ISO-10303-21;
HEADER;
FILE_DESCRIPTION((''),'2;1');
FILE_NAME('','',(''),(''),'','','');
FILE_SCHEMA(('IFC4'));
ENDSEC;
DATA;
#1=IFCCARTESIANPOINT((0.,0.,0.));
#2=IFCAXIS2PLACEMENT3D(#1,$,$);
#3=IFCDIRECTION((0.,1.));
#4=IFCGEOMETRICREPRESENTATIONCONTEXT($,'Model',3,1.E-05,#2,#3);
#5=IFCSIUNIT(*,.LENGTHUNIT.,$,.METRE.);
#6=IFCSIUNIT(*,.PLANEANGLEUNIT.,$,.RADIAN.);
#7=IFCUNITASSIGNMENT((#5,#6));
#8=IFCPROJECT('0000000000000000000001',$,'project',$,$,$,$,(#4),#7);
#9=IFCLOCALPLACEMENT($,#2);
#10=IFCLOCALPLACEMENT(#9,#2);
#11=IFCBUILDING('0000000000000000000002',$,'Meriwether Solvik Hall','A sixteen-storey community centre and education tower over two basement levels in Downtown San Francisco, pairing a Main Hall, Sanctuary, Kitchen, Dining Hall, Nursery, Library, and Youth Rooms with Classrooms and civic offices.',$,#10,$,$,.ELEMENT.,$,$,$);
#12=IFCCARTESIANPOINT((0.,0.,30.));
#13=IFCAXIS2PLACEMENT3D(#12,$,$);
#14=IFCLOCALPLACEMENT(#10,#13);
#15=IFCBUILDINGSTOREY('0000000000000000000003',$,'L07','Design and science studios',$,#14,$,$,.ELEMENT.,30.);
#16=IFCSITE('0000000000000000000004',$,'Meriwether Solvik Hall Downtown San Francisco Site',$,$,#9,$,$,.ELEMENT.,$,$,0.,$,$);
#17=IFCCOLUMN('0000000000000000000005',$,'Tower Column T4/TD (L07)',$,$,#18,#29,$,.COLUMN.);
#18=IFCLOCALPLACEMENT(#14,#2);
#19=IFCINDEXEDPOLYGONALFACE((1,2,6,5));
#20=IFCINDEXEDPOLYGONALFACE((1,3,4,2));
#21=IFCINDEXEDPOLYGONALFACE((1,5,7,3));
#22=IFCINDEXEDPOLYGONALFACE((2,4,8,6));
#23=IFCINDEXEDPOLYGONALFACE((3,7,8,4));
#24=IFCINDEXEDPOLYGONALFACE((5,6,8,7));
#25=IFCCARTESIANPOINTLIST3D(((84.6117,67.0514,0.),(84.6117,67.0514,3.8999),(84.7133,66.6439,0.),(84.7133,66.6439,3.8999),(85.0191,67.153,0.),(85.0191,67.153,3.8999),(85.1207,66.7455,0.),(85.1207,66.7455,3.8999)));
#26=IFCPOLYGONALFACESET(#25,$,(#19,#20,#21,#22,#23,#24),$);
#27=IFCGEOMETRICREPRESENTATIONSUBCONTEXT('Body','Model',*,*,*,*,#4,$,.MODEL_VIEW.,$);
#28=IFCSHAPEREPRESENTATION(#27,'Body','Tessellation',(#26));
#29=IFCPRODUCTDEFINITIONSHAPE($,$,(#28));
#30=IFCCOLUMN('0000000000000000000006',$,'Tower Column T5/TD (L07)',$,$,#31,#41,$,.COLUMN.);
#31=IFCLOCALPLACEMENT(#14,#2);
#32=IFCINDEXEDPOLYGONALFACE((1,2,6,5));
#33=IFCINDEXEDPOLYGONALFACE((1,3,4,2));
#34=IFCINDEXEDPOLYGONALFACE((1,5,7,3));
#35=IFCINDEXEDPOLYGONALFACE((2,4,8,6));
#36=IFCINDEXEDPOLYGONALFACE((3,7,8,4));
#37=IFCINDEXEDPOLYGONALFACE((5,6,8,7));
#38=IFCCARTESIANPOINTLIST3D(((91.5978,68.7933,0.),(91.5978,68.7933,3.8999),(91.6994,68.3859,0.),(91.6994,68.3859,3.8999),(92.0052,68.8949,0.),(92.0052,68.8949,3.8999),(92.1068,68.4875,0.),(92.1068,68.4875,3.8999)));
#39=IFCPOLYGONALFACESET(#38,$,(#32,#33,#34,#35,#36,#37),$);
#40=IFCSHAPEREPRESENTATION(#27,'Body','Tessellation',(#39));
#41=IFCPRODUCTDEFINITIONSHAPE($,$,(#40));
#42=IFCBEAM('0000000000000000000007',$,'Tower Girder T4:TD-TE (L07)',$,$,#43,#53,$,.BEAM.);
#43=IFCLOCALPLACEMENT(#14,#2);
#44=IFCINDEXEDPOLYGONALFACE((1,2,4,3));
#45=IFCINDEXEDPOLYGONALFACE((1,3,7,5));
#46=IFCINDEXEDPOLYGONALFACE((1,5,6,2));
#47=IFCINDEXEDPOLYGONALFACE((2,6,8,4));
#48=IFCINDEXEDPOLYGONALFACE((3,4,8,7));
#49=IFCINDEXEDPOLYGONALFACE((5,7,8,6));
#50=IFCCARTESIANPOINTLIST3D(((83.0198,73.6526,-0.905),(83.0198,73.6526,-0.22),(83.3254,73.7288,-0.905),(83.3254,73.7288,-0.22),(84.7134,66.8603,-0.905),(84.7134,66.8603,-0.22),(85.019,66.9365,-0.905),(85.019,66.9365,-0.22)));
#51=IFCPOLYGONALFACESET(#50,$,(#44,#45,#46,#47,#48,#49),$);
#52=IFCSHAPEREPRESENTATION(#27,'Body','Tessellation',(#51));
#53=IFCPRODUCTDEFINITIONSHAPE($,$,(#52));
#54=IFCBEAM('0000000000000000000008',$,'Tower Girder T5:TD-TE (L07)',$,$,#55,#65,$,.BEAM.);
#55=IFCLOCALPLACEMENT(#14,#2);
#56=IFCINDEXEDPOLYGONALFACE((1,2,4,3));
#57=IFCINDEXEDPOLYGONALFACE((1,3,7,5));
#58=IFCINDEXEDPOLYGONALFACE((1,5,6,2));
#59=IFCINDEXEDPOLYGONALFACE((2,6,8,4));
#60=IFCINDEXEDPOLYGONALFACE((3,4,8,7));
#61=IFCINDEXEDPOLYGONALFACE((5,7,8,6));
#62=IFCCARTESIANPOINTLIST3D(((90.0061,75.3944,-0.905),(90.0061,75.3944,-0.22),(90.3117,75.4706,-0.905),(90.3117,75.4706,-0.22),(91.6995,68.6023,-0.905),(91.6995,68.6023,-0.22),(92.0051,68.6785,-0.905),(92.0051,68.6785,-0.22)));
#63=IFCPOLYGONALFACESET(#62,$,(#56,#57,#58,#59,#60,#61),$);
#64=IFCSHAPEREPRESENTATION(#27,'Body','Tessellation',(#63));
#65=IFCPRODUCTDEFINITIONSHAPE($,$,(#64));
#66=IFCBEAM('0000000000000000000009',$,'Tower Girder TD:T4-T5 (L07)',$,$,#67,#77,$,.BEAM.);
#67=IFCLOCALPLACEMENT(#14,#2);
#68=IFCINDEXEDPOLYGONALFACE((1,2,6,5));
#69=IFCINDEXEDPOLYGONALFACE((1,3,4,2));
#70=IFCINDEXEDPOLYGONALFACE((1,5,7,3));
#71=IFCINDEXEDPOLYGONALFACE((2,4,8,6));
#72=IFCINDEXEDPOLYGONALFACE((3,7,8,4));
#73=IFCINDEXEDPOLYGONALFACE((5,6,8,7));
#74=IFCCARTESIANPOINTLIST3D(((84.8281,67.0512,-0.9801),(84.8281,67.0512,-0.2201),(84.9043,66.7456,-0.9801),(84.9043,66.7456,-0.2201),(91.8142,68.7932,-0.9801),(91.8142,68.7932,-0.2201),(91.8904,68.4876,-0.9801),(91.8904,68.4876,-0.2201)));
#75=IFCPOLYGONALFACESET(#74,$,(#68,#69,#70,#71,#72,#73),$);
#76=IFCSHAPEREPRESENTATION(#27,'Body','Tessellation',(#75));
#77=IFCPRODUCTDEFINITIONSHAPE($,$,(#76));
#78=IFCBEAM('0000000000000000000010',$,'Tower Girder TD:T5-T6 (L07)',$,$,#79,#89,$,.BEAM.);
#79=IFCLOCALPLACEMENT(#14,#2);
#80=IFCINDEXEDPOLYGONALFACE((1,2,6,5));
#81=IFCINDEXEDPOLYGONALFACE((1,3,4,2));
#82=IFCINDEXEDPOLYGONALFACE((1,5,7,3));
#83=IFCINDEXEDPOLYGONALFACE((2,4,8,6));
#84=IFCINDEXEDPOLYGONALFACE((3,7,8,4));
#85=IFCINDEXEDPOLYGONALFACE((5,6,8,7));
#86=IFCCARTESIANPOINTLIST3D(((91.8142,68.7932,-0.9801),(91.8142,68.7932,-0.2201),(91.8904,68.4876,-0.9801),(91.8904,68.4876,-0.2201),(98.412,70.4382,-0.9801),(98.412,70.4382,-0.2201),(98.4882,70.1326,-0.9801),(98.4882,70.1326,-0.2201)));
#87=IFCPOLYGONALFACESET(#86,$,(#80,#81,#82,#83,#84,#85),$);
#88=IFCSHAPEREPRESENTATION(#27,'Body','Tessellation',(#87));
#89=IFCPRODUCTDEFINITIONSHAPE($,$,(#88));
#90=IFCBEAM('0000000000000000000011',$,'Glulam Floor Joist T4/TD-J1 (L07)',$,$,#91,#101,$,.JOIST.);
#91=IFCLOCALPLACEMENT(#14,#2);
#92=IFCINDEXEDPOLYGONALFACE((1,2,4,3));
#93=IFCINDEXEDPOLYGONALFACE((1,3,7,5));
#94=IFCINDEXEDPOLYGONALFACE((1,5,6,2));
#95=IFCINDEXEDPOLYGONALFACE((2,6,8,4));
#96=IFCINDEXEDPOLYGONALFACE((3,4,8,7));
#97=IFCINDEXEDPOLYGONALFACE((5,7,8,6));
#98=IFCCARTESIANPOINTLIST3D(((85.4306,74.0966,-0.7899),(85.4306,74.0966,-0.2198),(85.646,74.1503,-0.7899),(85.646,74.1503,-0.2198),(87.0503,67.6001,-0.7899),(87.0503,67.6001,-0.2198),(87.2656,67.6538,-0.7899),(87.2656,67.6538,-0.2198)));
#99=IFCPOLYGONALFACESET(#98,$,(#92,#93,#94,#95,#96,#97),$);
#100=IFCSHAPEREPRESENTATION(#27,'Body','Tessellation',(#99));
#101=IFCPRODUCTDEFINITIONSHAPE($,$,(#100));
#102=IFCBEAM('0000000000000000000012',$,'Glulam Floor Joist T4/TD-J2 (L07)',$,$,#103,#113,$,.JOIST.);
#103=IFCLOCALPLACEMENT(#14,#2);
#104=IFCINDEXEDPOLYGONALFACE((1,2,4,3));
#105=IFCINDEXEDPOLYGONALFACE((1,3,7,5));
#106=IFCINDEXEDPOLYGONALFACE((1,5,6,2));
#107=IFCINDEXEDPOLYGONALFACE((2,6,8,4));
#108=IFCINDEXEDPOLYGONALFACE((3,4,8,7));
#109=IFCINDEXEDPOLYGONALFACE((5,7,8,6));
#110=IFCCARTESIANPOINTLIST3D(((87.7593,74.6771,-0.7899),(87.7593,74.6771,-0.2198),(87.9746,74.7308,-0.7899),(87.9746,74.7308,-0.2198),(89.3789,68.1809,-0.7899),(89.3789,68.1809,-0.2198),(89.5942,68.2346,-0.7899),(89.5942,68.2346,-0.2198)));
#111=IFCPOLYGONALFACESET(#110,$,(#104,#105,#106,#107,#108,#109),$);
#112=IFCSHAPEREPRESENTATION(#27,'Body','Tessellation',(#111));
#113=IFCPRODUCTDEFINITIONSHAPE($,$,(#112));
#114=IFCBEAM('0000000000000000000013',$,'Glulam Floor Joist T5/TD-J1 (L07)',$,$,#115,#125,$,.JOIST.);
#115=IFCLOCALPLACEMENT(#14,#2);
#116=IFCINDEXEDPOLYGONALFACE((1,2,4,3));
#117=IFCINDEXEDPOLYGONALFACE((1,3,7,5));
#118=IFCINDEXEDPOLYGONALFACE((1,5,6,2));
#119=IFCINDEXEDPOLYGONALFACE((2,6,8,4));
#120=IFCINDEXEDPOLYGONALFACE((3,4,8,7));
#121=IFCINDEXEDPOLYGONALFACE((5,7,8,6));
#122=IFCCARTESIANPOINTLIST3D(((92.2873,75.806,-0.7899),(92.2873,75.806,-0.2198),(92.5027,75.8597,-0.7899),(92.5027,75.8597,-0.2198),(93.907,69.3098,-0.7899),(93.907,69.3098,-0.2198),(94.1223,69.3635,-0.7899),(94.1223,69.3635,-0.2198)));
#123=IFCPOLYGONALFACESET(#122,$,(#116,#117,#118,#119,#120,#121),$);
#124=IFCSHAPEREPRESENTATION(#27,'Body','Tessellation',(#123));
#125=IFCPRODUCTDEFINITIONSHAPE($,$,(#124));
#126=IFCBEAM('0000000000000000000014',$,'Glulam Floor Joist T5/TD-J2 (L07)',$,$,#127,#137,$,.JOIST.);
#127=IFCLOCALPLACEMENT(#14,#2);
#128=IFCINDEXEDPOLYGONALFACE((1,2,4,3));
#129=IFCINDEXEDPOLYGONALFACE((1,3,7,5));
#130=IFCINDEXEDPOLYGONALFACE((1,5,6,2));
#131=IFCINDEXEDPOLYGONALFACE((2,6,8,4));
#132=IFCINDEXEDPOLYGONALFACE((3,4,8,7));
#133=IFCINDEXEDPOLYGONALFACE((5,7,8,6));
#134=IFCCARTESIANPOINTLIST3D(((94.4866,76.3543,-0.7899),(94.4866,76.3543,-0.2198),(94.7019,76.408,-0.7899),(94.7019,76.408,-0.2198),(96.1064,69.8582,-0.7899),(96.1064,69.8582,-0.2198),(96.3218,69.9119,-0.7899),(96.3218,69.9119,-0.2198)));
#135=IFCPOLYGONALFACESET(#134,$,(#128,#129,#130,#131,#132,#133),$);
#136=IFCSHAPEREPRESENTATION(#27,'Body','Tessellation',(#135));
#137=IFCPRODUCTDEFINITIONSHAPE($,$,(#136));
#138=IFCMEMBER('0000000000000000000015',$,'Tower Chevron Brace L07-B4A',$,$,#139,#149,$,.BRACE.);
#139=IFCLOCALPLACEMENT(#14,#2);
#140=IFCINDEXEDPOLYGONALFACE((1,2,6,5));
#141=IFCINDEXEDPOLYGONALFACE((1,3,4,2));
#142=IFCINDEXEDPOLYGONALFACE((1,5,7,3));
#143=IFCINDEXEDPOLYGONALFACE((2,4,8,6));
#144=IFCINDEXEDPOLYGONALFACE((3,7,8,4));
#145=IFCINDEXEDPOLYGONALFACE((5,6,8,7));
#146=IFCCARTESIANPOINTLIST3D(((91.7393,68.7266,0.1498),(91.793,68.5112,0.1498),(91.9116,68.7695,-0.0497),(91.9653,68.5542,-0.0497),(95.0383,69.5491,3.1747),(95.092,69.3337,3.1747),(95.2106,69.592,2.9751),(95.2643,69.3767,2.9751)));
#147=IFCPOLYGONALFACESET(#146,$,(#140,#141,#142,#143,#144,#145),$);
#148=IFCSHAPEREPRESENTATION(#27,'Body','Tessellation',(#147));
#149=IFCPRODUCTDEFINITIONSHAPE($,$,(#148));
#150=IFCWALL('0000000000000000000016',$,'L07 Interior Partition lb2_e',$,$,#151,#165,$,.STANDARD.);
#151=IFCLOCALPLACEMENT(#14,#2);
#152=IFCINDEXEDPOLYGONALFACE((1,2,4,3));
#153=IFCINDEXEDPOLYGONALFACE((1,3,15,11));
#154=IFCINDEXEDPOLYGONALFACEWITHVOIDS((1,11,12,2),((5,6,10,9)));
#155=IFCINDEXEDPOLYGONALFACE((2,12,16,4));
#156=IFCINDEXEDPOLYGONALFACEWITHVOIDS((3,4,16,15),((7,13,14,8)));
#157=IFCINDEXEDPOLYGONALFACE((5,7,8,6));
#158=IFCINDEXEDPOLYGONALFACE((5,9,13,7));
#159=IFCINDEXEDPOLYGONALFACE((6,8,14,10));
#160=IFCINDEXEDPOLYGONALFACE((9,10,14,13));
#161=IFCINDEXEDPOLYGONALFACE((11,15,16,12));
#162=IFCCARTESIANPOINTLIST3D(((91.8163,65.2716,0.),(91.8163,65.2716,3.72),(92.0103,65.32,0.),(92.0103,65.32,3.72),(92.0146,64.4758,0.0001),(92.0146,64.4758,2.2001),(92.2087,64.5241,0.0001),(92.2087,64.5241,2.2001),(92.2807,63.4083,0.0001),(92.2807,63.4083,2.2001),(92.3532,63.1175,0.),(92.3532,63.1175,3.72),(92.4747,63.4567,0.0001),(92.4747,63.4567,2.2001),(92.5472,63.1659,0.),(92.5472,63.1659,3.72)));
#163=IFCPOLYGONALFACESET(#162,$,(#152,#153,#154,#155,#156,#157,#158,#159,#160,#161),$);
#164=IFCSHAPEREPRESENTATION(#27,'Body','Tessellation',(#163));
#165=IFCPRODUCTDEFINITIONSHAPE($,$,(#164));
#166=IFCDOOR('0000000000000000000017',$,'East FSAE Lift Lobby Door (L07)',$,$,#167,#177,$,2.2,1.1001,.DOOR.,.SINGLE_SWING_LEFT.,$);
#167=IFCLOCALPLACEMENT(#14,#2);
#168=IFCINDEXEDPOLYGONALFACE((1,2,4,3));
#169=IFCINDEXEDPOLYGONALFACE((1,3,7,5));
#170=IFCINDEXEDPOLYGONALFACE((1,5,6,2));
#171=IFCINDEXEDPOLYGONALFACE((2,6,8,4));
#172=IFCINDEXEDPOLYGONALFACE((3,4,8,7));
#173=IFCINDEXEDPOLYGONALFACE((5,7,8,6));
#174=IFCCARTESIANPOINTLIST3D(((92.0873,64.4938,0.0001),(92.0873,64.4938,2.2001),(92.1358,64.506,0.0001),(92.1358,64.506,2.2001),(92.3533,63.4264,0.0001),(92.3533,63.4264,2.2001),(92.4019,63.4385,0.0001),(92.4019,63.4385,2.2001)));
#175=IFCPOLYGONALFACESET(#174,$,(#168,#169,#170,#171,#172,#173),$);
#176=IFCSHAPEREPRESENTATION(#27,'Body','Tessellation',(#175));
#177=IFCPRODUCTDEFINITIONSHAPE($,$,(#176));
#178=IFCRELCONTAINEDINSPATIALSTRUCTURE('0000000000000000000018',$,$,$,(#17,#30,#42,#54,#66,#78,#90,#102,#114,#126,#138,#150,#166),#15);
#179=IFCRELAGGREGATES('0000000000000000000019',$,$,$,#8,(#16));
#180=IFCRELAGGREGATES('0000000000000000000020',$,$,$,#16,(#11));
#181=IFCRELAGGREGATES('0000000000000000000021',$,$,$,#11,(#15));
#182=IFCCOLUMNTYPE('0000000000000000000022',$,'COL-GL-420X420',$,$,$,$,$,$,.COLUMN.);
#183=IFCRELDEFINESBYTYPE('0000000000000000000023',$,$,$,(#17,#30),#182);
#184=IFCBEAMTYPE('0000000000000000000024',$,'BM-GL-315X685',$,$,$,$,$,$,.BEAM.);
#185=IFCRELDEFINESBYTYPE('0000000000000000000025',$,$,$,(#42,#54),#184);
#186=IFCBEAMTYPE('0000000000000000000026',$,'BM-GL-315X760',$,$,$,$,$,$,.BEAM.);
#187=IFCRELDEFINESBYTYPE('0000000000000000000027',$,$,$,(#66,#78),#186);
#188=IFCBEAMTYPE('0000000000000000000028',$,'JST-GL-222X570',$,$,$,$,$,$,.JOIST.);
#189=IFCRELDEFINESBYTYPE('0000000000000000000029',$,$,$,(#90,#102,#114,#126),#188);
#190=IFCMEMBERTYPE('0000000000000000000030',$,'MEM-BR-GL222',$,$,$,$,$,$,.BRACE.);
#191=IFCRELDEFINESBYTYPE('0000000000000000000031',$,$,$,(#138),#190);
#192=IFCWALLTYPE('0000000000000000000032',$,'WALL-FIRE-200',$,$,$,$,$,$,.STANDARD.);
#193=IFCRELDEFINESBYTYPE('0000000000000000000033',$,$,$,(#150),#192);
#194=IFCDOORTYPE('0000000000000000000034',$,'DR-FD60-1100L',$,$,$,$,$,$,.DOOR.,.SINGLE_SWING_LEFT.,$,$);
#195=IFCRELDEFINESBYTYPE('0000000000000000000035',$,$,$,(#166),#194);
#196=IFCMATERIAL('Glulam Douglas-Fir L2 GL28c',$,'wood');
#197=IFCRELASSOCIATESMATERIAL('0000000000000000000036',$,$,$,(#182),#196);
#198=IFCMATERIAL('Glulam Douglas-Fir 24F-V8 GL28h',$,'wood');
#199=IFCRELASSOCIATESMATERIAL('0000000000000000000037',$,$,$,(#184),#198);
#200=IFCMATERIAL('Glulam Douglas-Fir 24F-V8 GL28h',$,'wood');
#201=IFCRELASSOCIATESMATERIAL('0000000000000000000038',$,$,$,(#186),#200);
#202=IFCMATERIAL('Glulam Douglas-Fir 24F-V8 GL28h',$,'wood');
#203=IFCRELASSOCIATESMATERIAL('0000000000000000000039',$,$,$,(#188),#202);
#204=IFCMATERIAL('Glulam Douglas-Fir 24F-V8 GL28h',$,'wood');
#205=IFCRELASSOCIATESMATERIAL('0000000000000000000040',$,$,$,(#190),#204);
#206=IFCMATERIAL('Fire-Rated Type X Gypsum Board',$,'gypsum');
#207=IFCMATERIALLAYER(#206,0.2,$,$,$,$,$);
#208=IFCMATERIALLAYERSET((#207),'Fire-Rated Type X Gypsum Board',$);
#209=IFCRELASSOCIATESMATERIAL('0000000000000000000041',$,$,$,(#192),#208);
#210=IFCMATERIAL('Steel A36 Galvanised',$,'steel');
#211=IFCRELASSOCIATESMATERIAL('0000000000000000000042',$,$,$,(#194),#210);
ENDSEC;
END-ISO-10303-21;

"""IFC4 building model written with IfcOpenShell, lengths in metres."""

from ifc_helpers import new_model, si_unit, direction, frame, frame_2d, origin, origin_2d, place, context, subcontext, project, spatial, rectangle, extrude, material, layer, layer_set, material_profile, profile_set, type_object, element, fill, save


model = new_model("IFC4")

# Units and contexts
model_context = context("Model", 3, precision=1e-05, world=origin(), true_north=direction((0.0, 1.0)))
body_context = subcontext(model_context, "Body", "Model", "MODEL_VIEW")
ifc_project = project(units=[si_unit("LENGTHUNIT", "METRE"), si_unit("PLANEANGLEUNIT", "RADIAN")], contexts=[model_context])

# Site, building, storey
site_placement = place(None, origin())
site = spatial("IfcSite", under=ifc_project, at=site_placement, Name="Meriwether Solvik Hall Downtown San Francisco Site", CompositionType="ELEMENT", RefElevation=0.0)
building_placement = place(site_placement, origin())
building = spatial("IfcBuilding", under=site, at=building_placement, Name="Meriwether Solvik Hall", Description="A sixteen-storey community centre and education tower over two basement levels in Downtown San Francisco, pairing a Main Hall, Sanctuary, Kitchen, Dining Hall, Nursery, Library, and Youth Rooms with Classrooms and civic offices.", CompositionType="ELEMENT")
storey_placement = place(building_placement, frame((0.0, 0.0, 30.0)))
storey = spatial("IfcBuildingStorey", under=building, at=storey_placement, Name="L07", Description="Design and science studios", CompositionType="ELEMENT", Elevation=30.0)

# Columns
ifc_material_1 = material(Name="Glulam Douglas-Fir L2 GL28c", Category="wood")
ifc_material_profile_1 = material_profile(ifc_material_1, rectangle(XDim=0.4199, YDim=0.4199, at=origin_2d()), Name="GLC-420X420")
ifc_profile_set_1 = profile_set([ifc_material_profile_1], Name="Glulam Douglas-Fir L2 GL28c")
column_type = type_object("IfcColumnType", Name="COL-GL-420X420", PredefinedType="COLUMN", material=ifc_profile_set_1)
for number, where, z_axis, x_axis, name in (
    (1, (84.8662, 66.8984, 0.0), (0.0, 0.0, 1.0), (0.970296, 0.241922, 0.0), "Tower Column T4/TD (L07)"),
    (2, (91.8523, 68.6404, 0.0), (0.0, 0.0, 1.0), (0.970296, 0.241922, 0.0), "Tower Column T5/TD (L07)"),
):
    element("IfcColumn", number, at=place(storey_placement, frame(where, z_axis=z_axis, x_axis=x_axis)), inside=storey, type_object=column_type, Name=name, PredefinedType="COLUMN", context=body_context, shape_type="SweptSolid", body=[
        extrude(rectangle(XDim=0.4199, YDim=0.4199, at=origin_2d()), origin(), (0.0, 0.0, 1.0), 3.8999),
    ])

# Beams
ifc_material_2 = material(Name="Glulam Douglas-Fir 24F-V8 GL28h", Category="wood")
ifc_material_profile_2 = material_profile(ifc_material_2, rectangle(XDim=0.3149, YDim=0.6851, at=origin_2d()), Name="GLB-315X685")
ifc_profile_set_2 = profile_set([ifc_material_profile_2], Name="Glulam Douglas-Fir 24F-V8 GL28h")
beam_type_1 = type_object("IfcBeamType", Name="BM-GL-315X685", PredefinedType="BEAM", material=ifc_profile_set_2)
beam_1_placement = place(storey_placement, frame((84.8662, 66.8984, -0.5625), z_axis=(-0.241937, 0.970292, 0.0), x_axis=(-0.970292, -0.241937, 0.0)))
element("IfcBeam", 3, at=beam_1_placement, inside=storey, type_object=beam_type_1, Name="Tower Girder T4:TD-TE (L07)", PredefinedType="BEAM", context=body_context, shape_type="SweptSolid", body=[
    extrude(rectangle(XDim=0.3149, YDim=0.6851, at=origin_2d()), origin(), (0.0, 0.0, 1.0), 7.0002),
])
beam_2_placement = place(storey_placement, frame((91.8523, 68.6404, -0.5625), z_axis=(-0.241912, 0.970298, 0.0), x_axis=(-0.970298, -0.241912, 0.0)))
element("IfcBeam", 4, at=beam_2_placement, inside=storey, type_object=beam_type_1, Name="Tower Girder T5:TD-TE (L07)", PredefinedType="BEAM", context=body_context, shape_type="SweptSolid", body=[
    extrude(rectangle(XDim=0.3149, YDim=0.6851, at=origin_2d()), origin(), (0.0, 0.0, 1.0), 7.0),
])
ifc_material_3 = material(Name="Glulam Douglas-Fir 24F-V8 GL28h", Category="wood")
ifc_material_profile_3 = material_profile(ifc_material_3, rectangle(XDim=0.3149, YDim=0.76, at=origin_2d()), Name="GLB-315X760")
ifc_profile_set_3 = profile_set([ifc_material_profile_3], Name="Glulam Douglas-Fir 24F-V8 GL28h")
beam_type_2 = type_object("IfcBeamType", Name="BM-GL-315X760", PredefinedType="BEAM", material=ifc_profile_set_3)
beam_3_placement = place(storey_placement, frame((84.8662, 66.8984, -0.6001), z_axis=(0.970292, 0.241937, 0.0), x_axis=(-0.241937, 0.970292, 0.0)))
element("IfcBeam", 5, at=beam_3_placement, inside=storey, type_object=beam_type_2, Name="Tower Girder TD:T4-T5 (L07)", PredefinedType="BEAM", context=body_context, shape_type="SweptSolid", body=[
    extrude(rectangle(XDim=0.3149, YDim=0.76, at=origin_2d()), origin(), (0.0, 0.0, 1.0), 7.2),
])
beam_4_placement = place(storey_placement, frame((91.8523, 68.6404, -0.6001), z_axis=(0.970296, 0.241919, 0.0), x_axis=(-0.241919, 0.970296, 0.0)))
element("IfcBeam", 6, at=beam_4_placement, inside=storey, type_object=beam_type_2, Name="Tower Girder TD:T5-T6 (L07)", PredefinedType="BEAM", context=body_context, shape_type="SweptSolid", body=[
    extrude(rectangle(XDim=0.3149, YDim=0.76, at=origin_2d()), origin(), (0.0, 0.0, 1.0), 6.7998),
])
ifc_material_4 = material(Name="Glulam Douglas-Fir 24F-V8 GL28h", Category="wood")
ifc_material_profile_4 = material_profile(ifc_material_4, rectangle(XDim=0.2219, YDim=0.5701, at=origin_2d()), Name="GLJ-222X570")
ifc_profile_set_4 = profile_set([ifc_material_profile_4], Name="Glulam Douglas-Fir 24F-V8 GL28h")
beam_type_3 = type_object("IfcBeamType", Name="JST-GL-222X570", PredefinedType="JOIST", material=ifc_profile_set_4)
beam_5_placement = place(storey_placement, frame((87.158, 67.627, -0.5049), z_axis=(-0.241909, 0.970299, 0.0), x_axis=(-0.970299, -0.241909, 0.0)))
element("IfcBeam", 7, at=beam_5_placement, inside=storey, type_object=beam_type_3, Name="Glulam Floor Joist T4/TD-J1 (L07)", PredefinedType="JOIST", context=body_context, shape_type="SweptSolid", body=[
    extrude(rectangle(XDim=0.2219, YDim=0.5701, at=origin_2d()), origin(), (0.0, 0.0, 1.0), 6.6953),
])
for number, where, z_axis, x_axis, name in (
    (8, (89.4866, 68.2078, -0.5049), (-0.241918, 0.970297, 0.0), (-0.970297, -0.241918, 0.0), "Glulam Floor Joist T4/TD-J2 (L07)"),
    (9, (94.0146, 69.3367, -0.5049), (-0.241918, 0.970297, 0.0), (-0.970297, -0.241918, 0.0), "Glulam Floor Joist T5/TD-J1 (L07)"),
    (10, (96.2141, 69.885, -0.5049), (-0.241952, 0.970288, 0.0), (-0.970288, -0.241952, 0.0), "Glulam Floor Joist T5/TD-J2 (L07)"),
):
    element("IfcBeam", number, at=place(storey_placement, frame(where, z_axis=z_axis, x_axis=x_axis)), inside=storey, type_object=beam_type_3, Name=name, PredefinedType="JOIST", context=body_context, shape_type="SweptSolid", body=[
        extrude(rectangle(XDim=0.2219, YDim=0.5701, at=origin_2d()), origin(), (0.0, 0.0, 1.0), 6.6951),
    ])

# Member
ifc_material_5 = material(Name="Glulam Douglas-Fir 24F-V8 GL28h", Category="wood")
ifc_material_profile_5 = material_profile(ifc_material_5, rectangle(XDim=0.2219, YDim=0.2671, at=origin_2d()), Name="GLM-222X267")
ifc_profile_set_5 = profile_set([ifc_material_profile_5], Name="Glulam Douglas-Fir 24F-V8 GL28h")
member_type = type_object("IfcMemberType", Name="MEM-BR-GL222", PredefinedType="BRACE", material=ifc_profile_set_5)
member_placement = place(storey_placement, frame((91.8523, 68.6404, 0.05), z_axis=(0.724932, 0.180737, 0.664686), x_axis=(-0.24191, 0.970299, 0.0)))
element("IfcMember", 11, at=member_placement, inside=storey, type_object=member_type, Name="Tower Chevron Brace L07-B4A", PredefinedType="BRACE", context=body_context, shape_type="SweptSolid", body=[
    extrude(rectangle(XDim=0.2219, YDim=0.2671, at=origin_2d()), origin(), (0.0, 0.0, 1.0), 4.5508),
])

# Wall, opening, door
ifc_material_6 = material(Name="Fire-Rated Type X Gypsum Board", Category="gypsum")
ifc_layer_1 = layer(ifc_material_6, 0.2)
ifc_layer_set_1 = layer_set([ifc_layer_1], Name="Fire-Rated Type X Gypsum Board")
wall_type_1 = type_object("IfcWallType", Name="WALL-FIRE-200", PredefinedType="STANDARD", material=ifc_layer_set_1)
wall_1_placement = place(storey_placement, frame((91.9133, 65.2957, 0.0), z_axis=(0.0, 0.0, 1.0), x_axis=(0.241837, -0.970317, 0.0)))
wall_1 = element("IfcWall", 12, at=wall_1_placement, inside=storey, type_object=wall_type_1, Name="L07 Interior Partition lb2_e", PredefinedType="STANDARD", context=body_context, shape_type="SweptSolid", body=[
    extrude(rectangle(XDim=2.22, YDim=0.2, at=frame_2d((1.1099, 0.0))), origin(), (0.0, 0.0, 1.0), 3.72),
])
opening_1_placement = place(wall_1_placement, frame((0.8201, 0.0, 0.0)))
opening_1 = element("IfcOpeningElement", 13, at=opening_1_placement, cuts=wall_1, PredefinedType="OPENING", context=body_context, shape_type="SweptSolid", body=[
    extrude(rectangle(XDim=1.1001, YDim=2.2, at=frame_2d((0.55, 1.1001))), frame((0.0, 0.1118, 0.0), z_axis=(0.0, -1.0, 0.0), x_axis=(1.0, 0.0, 0.0)), (0.0, 0.0, 1.0), 0.2239),
])
ifc_material_7 = material(Name="Steel A36 Galvanised", Category="steel")
door_type_1 = type_object("IfcDoorType", Name="DR-FD60-1100L", OperationType="SINGLE_SWING_LEFT", PredefinedType="DOOR", material=ifc_material_7)
door_1_placement = place(opening_1_placement, origin())
door_1 = element("IfcDoor", 14, at=door_1_placement, inside=storey, type_object=door_type_1, Name="East FSAE Lift Lobby Door (L07)", OperationType="SINGLE_SWING_LEFT", OverallHeight=2.2, OverallWidth=1.1001, PredefinedType="DOOR", context=body_context, shape_type="SweptSolid", body=[
    extrude(rectangle(XDim=1.1001, YDim=2.2, at=frame_2d((0.55, 1.1001))), frame((0.0, 0.0249, 0.0), z_axis=(0.0, -1.0, 0.0), x_axis=(1.0, 0.0, 0.0)), (0.0, 0.0, 1.0), 0.05),
])
fill(opening_1, door_1)

save(model, "model.ifc")
